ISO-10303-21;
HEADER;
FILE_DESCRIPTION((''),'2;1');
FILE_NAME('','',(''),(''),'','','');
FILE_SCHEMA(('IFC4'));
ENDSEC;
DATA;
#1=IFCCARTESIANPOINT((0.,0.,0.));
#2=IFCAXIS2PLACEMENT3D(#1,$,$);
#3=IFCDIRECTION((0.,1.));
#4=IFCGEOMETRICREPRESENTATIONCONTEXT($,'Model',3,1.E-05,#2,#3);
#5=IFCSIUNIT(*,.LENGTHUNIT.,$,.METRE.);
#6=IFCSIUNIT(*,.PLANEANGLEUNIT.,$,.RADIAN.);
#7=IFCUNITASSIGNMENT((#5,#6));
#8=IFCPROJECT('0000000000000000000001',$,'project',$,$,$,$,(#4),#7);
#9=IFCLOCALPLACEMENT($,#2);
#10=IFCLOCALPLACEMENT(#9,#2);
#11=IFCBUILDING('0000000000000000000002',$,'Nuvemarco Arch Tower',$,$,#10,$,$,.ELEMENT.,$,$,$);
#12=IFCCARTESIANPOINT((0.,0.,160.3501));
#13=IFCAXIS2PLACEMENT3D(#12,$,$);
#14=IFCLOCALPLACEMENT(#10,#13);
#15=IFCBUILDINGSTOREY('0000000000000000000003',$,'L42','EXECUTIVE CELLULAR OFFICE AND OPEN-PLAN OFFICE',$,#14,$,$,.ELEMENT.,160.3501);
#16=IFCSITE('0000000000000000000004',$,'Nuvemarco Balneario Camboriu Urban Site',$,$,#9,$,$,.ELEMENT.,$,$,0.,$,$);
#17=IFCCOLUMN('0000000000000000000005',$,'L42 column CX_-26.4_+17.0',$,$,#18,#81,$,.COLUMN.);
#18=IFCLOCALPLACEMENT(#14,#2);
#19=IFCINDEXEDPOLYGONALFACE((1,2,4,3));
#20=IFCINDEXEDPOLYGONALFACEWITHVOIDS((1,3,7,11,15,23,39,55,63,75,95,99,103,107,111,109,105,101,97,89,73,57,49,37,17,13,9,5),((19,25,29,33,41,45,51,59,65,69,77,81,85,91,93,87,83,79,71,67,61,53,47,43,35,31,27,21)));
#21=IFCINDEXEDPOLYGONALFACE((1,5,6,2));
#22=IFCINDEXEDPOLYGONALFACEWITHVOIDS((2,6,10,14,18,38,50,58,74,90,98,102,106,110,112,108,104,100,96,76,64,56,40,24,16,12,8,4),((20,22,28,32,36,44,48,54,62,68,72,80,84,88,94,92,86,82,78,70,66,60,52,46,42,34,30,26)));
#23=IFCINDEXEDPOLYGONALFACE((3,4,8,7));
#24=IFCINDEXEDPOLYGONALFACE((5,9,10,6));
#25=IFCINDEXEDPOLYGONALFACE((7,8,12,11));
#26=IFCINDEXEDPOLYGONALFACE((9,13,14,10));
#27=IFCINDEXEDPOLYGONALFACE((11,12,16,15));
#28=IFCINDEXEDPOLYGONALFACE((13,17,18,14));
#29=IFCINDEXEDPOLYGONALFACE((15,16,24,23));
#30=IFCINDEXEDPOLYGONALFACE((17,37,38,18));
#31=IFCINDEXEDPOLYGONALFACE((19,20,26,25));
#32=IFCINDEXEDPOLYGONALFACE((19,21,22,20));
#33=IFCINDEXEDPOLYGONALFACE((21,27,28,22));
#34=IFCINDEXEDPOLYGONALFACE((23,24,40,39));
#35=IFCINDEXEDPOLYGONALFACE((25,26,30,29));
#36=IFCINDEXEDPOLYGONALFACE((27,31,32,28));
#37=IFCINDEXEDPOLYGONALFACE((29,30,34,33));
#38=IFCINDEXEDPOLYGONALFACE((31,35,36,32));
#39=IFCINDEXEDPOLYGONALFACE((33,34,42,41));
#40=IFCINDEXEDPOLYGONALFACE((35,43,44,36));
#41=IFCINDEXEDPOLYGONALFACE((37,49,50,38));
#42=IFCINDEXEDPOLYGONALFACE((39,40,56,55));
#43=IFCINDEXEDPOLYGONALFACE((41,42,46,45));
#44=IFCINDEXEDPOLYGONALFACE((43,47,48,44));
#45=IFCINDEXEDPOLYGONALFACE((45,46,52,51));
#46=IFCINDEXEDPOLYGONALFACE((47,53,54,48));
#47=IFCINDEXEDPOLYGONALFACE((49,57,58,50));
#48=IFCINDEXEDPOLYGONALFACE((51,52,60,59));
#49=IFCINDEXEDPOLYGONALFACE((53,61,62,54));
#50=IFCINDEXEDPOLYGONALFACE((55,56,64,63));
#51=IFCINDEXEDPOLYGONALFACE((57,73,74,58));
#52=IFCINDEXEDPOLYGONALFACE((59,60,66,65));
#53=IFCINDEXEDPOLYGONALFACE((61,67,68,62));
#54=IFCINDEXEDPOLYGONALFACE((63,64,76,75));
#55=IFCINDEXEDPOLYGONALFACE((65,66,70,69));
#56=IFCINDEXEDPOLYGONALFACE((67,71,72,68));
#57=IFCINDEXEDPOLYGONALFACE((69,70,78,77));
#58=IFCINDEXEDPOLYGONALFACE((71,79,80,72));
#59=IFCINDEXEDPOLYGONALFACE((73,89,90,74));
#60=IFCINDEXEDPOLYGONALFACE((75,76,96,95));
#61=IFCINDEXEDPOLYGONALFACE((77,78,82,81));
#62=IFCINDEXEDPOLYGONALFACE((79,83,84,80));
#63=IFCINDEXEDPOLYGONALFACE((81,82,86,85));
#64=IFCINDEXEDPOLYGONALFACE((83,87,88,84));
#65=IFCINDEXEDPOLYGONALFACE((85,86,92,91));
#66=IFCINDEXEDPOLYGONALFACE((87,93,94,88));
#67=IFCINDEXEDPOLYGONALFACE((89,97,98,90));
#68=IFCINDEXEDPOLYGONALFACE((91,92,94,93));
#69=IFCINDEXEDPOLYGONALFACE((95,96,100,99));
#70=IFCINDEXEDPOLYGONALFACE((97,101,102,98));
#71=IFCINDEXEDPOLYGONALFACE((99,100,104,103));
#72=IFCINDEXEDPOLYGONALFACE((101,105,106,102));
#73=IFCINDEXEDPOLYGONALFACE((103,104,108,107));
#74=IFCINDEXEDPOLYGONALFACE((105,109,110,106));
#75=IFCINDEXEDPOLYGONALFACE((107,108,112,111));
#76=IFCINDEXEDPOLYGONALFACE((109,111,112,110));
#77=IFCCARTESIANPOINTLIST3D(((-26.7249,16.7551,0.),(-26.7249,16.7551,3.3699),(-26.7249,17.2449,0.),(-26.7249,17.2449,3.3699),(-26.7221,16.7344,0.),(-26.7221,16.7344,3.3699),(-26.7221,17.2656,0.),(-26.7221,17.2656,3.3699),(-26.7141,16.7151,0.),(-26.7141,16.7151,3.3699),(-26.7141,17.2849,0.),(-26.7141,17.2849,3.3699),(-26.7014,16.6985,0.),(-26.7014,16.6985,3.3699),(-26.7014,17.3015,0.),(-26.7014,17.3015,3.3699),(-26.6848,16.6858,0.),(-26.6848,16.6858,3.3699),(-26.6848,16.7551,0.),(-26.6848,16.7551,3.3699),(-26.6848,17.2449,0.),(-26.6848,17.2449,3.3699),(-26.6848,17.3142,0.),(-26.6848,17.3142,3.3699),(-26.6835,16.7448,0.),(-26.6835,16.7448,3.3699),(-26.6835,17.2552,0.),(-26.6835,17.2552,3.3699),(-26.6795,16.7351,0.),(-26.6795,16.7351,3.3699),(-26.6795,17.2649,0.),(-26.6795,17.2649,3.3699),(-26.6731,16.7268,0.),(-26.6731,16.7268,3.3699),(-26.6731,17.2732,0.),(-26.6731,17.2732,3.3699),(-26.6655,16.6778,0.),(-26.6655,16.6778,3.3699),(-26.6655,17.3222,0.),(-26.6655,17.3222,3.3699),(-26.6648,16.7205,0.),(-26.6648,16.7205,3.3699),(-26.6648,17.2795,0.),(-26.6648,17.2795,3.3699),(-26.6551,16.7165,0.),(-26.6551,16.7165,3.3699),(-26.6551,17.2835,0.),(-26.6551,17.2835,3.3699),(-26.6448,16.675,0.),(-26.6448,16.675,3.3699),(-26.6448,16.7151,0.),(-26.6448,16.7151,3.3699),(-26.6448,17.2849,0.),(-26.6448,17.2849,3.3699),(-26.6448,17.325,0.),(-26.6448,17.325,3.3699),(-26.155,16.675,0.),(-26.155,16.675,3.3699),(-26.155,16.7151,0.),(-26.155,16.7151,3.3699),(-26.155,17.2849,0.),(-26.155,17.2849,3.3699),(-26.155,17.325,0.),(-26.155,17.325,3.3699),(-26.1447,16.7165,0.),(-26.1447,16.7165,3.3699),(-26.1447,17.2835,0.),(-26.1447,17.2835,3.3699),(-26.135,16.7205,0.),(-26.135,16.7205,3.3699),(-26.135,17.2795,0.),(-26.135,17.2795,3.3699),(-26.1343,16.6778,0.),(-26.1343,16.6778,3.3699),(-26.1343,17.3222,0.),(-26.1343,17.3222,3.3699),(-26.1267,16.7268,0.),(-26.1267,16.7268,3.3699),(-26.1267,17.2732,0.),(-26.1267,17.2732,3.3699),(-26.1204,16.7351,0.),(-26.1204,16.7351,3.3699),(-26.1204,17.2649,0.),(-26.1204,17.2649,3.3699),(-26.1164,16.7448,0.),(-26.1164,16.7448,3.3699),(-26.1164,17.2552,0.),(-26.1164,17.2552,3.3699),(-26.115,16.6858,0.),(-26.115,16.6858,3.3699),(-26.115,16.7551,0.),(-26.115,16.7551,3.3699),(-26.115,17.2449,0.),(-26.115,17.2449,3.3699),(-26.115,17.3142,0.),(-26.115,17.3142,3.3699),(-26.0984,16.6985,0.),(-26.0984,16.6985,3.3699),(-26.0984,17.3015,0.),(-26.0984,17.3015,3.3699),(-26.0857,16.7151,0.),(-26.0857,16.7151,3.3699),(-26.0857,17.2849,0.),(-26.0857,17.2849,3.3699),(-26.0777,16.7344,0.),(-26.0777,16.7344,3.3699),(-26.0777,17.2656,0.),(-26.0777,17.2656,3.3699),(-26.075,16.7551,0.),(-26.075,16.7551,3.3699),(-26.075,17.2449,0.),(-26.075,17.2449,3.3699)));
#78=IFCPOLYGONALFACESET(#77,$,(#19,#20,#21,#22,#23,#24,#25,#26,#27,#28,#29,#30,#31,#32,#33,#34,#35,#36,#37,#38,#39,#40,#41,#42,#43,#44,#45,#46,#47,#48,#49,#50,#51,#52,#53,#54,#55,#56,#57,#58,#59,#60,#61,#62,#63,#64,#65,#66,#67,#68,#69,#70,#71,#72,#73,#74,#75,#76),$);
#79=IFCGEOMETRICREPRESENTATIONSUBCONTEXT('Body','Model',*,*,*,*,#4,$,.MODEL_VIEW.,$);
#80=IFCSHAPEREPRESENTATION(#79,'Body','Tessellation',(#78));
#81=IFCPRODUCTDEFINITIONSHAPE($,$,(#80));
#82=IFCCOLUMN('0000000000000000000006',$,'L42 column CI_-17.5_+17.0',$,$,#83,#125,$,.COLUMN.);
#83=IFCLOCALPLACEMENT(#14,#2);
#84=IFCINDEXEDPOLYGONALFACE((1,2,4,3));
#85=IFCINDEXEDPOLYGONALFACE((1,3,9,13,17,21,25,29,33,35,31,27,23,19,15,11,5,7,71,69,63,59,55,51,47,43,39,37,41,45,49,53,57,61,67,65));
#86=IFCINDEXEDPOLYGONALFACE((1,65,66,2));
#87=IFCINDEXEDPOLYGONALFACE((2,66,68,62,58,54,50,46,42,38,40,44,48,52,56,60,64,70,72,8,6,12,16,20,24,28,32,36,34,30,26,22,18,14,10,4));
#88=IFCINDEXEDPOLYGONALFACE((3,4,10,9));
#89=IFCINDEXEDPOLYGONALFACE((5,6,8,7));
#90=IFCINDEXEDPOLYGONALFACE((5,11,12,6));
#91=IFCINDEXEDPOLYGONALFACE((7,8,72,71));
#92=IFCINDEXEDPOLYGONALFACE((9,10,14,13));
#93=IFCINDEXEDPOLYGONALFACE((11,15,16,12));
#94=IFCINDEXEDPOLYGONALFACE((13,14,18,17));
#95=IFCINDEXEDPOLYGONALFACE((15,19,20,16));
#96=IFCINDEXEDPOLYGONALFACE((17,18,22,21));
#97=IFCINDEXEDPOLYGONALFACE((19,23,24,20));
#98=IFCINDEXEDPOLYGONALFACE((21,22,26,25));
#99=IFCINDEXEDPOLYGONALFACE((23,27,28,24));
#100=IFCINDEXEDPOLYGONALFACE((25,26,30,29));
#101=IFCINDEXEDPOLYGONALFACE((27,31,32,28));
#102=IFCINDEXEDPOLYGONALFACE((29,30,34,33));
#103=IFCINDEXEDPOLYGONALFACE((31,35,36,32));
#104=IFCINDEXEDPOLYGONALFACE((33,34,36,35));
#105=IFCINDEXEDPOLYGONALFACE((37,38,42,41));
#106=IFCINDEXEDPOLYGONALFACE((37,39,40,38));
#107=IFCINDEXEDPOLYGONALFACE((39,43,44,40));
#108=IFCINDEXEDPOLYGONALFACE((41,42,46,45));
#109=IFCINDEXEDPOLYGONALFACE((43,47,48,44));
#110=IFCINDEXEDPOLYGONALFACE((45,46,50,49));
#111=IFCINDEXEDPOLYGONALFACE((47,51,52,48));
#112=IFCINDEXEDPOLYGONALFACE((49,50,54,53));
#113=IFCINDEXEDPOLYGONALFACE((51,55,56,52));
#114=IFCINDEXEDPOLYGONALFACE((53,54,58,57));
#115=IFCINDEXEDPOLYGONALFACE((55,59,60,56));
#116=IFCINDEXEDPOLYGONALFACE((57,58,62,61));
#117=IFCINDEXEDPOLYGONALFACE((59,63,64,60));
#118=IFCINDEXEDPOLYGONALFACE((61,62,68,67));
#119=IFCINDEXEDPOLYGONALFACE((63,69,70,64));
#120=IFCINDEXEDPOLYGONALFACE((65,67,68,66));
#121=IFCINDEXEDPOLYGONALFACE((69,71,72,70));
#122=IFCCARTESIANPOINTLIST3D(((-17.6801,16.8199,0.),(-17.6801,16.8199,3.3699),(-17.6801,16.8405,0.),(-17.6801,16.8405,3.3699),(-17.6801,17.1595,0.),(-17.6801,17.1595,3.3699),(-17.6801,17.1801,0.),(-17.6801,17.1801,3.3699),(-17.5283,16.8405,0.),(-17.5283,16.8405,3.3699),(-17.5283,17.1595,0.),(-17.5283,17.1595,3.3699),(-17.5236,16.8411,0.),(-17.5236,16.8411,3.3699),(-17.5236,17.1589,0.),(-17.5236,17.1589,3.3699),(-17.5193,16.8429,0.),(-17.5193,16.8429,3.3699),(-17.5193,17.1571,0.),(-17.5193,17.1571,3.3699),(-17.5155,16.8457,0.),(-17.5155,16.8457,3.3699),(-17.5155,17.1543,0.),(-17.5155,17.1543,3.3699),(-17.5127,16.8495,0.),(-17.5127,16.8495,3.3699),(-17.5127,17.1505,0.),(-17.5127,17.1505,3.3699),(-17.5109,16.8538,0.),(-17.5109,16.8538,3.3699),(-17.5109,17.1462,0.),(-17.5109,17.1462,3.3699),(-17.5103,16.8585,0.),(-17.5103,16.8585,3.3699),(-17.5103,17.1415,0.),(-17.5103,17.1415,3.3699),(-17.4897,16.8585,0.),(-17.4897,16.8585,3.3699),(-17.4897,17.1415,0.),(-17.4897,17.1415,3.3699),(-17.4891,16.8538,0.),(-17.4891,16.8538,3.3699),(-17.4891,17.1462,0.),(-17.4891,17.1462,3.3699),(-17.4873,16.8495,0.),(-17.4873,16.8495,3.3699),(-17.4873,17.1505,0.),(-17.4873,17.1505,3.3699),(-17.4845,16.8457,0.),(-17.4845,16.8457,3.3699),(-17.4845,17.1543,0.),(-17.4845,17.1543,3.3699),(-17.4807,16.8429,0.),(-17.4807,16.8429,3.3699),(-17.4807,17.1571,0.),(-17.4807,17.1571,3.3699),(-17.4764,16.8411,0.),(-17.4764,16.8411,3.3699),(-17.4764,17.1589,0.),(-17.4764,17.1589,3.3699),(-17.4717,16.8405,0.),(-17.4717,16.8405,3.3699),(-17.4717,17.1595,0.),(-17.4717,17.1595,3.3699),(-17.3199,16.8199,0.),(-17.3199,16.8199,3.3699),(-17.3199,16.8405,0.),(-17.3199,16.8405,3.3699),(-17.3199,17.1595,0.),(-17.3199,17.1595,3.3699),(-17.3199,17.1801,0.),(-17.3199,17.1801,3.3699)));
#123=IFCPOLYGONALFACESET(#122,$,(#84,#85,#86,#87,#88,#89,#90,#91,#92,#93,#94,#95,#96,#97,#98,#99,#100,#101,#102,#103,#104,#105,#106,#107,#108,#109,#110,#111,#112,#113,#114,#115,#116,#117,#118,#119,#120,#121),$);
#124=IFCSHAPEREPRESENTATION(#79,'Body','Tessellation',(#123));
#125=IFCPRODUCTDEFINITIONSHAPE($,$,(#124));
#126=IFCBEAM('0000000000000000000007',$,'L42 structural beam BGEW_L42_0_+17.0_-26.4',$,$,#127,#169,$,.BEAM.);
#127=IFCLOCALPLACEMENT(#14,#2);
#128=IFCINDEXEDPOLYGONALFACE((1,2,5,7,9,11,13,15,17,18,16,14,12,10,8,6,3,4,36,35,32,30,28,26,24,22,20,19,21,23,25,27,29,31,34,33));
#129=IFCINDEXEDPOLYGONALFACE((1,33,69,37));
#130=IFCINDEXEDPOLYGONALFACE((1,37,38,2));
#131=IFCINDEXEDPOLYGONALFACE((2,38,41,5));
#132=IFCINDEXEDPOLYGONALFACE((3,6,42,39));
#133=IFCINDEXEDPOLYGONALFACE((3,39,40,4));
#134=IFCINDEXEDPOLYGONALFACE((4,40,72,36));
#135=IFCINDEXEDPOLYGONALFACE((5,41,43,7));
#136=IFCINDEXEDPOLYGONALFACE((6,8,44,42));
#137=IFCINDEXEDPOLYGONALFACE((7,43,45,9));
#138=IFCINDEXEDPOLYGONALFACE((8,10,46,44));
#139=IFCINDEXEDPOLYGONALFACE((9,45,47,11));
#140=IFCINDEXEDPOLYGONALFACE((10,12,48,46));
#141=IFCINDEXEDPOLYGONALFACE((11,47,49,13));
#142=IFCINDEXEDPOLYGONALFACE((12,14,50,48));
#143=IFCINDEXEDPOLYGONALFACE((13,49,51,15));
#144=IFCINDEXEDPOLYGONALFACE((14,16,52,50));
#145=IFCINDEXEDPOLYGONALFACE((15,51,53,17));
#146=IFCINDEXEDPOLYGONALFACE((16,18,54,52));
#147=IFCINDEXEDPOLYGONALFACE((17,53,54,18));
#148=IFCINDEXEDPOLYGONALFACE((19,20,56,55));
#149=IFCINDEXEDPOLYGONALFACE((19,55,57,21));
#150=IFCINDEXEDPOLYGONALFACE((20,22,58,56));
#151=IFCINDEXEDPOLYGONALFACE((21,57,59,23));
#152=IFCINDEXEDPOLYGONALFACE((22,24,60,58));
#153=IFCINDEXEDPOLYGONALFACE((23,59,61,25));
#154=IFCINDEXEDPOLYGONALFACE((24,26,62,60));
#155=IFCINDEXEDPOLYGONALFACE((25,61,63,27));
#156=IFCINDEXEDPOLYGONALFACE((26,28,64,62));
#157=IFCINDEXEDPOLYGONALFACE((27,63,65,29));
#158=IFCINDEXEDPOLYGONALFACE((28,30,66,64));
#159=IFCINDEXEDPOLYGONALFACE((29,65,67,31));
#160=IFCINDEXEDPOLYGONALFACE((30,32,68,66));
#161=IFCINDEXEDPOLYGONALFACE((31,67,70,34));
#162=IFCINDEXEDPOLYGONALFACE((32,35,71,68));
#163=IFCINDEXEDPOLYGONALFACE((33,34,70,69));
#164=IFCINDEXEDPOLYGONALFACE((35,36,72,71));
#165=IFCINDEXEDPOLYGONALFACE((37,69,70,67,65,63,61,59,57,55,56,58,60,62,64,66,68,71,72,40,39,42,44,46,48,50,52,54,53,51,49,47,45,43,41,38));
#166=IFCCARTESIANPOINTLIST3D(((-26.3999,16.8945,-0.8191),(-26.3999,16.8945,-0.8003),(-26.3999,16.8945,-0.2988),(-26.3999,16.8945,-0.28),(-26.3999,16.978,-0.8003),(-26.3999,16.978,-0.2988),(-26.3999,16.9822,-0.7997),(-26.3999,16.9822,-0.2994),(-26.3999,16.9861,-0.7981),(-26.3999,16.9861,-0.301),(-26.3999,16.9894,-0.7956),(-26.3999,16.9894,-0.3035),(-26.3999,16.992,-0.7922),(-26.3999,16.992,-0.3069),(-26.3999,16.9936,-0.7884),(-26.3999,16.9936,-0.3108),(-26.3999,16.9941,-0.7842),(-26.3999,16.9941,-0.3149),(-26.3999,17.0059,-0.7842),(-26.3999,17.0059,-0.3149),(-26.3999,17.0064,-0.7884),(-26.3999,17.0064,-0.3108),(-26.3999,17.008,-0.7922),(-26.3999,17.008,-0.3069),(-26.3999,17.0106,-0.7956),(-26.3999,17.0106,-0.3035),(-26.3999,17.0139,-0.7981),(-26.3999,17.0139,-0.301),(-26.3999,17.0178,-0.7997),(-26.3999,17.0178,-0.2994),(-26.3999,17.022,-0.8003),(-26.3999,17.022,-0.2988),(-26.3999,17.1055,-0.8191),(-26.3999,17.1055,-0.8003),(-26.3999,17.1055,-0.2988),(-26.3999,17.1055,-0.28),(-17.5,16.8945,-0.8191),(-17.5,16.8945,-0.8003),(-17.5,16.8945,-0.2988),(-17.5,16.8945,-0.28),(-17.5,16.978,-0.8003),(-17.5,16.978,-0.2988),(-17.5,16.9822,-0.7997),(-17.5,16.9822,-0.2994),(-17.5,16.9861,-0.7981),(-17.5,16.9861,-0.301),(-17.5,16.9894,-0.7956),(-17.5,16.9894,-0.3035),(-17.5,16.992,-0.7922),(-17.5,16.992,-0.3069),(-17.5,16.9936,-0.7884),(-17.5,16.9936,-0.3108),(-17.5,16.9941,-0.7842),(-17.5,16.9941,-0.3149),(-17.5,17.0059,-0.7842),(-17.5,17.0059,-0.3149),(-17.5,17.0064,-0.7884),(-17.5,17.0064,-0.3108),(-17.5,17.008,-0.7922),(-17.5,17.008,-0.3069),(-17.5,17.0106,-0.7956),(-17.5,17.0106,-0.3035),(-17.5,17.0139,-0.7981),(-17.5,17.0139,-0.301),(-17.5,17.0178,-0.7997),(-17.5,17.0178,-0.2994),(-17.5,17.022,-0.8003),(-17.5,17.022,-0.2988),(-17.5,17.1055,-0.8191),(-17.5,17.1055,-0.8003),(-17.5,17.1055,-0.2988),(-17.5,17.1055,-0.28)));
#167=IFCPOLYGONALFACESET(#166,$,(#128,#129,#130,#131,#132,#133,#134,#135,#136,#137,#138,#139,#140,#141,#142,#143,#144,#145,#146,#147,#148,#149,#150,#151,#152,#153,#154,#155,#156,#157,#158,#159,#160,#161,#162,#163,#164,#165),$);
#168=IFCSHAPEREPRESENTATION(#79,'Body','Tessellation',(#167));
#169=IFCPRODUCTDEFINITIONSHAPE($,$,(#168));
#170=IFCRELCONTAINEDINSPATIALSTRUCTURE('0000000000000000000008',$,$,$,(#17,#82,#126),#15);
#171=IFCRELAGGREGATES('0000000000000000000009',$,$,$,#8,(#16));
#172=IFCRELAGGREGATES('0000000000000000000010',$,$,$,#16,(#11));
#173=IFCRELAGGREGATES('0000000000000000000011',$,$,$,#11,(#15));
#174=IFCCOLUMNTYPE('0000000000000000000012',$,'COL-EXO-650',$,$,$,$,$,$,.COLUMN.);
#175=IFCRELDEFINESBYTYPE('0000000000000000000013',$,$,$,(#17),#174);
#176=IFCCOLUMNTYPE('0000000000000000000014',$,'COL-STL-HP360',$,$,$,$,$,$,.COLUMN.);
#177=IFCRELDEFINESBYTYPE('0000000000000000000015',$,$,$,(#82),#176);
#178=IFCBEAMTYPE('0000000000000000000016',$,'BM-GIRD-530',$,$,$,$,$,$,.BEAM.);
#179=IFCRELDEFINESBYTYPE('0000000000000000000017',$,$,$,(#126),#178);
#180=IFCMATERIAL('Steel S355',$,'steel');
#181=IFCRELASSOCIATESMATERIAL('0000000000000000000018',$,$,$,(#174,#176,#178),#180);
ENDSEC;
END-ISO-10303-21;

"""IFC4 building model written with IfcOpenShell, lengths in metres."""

from ifc_helpers import new_model, si_unit, direction, frame, origin, origin_2d, place, context, subcontext, project, spatial, hollow_rectangle, i_section, extrude, material, material_profile, profile_set, type_object, element, save


model = new_model("IFC4")

# Units and contexts
model_context = context("Model", 3, precision=1e-05, world=origin(), true_north=direction((0.0, 1.0)))
body_context = subcontext(model_context, "Body", "Model", "MODEL_VIEW")
ifc_project = project(units=[si_unit("LENGTHUNIT", "METRE"), si_unit("PLANEANGLEUNIT", "RADIAN")], contexts=[model_context])

# Site, building, storey
site_placement = place(None, origin())
site = spatial("IfcSite", under=ifc_project, at=site_placement, Name="Nuvemarco Balneario Camboriu Urban Site", CompositionType="ELEMENT", RefElevation=0.0)
building_placement = place(site_placement, origin())
building = spatial("IfcBuilding", under=site, at=building_placement, Name="Nuvemarco Arch Tower", CompositionType="ELEMENT")
storey_placement = place(building_placement, frame((0.0, 0.0, 160.3501)))
storey = spatial("IfcBuildingStorey", under=building, at=storey_placement, Name="L42", Description="EXECUTIVE CELLULAR OFFICE AND OPEN-PLAN OFFICE", CompositionType="ELEMENT", Elevation=160.3501)

# Columns
ifc_material_1 = material(Name="Steel S355", Category="steel")
ifc_material_profile_1 = material_profile(ifc_material_1, hollow_rectangle(XDim=0.6499, YDim=0.6499, WallThickness=0.04, InnerFilletRadius=0.04, OuterFilletRadius=0.0801, at=origin_2d()), Name="SHS650x650x40")
ifc_profile_set_1 = profile_set([ifc_material_profile_1], Name="Steel S355")
column_type_1 = type_object("IfcColumnType", Name="COL-EXO-650", PredefinedType="COLUMN", material=ifc_profile_set_1)
column_1_placement = place(storey_placement, frame((-26.3999, 17.0, 0.0), z_axis=(0.0, 0.0, 1.0), x_axis=(1.0, 0.0, 0.0)))
element("IfcColumn", 1, at=column_1_placement, inside=storey, type_object=column_type_1, Name="L42 column CX_-26.4_+17.0", PredefinedType="COLUMN", context=body_context, shape_type="SweptSolid", body=[
    extrude(hollow_rectangle(XDim=0.6499, YDim=0.6499, WallThickness=0.04, InnerFilletRadius=0.04, OuterFilletRadius=0.0801, at=origin_2d()), origin(), (0.0, 0.0, 1.0), 3.3699),
])
ifc_material_profile_2 = material_profile(ifc_material_1, i_section(OverallWidth=0.3601, OverallDepth=0.3601, WebThickness=0.0205, FlangeThickness=0.0205, FilletRadius=0.0181, at=origin_2d()), Name="HP360x174")
ifc_profile_set_2 = profile_set([ifc_material_profile_2], Name="Steel S355")
column_type_2 = type_object("IfcColumnType", Name="COL-STL-HP360", PredefinedType="COLUMN", material=ifc_profile_set_2)
column_2_placement = place(storey_placement, frame((-17.5, 17.0, 0.0), z_axis=(0.0, 0.0, 1.0), x_axis=(1.0, 0.0, 0.0)))
element("IfcColumn", 2, at=column_2_placement, inside=storey, type_object=column_type_2, Name="L42 column CI_-17.5_+17.0", PredefinedType="COLUMN", context=body_context, shape_type="SweptSolid", body=[
    extrude(i_section(OverallWidth=0.3601, OverallDepth=0.3601, WebThickness=0.0205, FlangeThickness=0.0205, FilletRadius=0.0181, at=origin_2d()), origin(), (0.0, 0.0, 1.0), 3.3699),
])

# Beam
ifc_material_profile_3 = material_profile(ifc_material_1, i_section(OverallWidth=0.2109, OverallDepth=0.5391, WebThickness=0.0117, FlangeThickness=0.0188, FilletRadius=0.0161, at=origin_2d()), Name="W530x109")
ifc_profile_set_3 = profile_set([ifc_material_profile_3], Name="Steel S355")
beam_type_1 = type_object("IfcBeamType", Name="BM-GIRD-530", PredefinedType="BEAM", material=ifc_profile_set_3)
beam_1_placement = place(storey_placement, frame((-26.3999, 17.0, -0.5496), z_axis=(1.0, 0.0, 0.0), x_axis=(0.0, 1.0, 0.0)))
element("IfcBeam", 3, at=beam_1_placement, inside=storey, type_object=beam_type_1, Name="L42 structural beam BGEW_L42_0_+17.0_-26.4", PredefinedType="BEAM", context=body_context, shape_type="SweptSolid", body=[
    extrude(i_section(OverallWidth=0.2109, OverallDepth=0.5391, WebThickness=0.0117, FlangeThickness=0.0188, FilletRadius=0.0161, at=origin_2d()), origin(), (0.0, 0.0, 1.0), 8.8999),
])

save(model, "model.ifc")
